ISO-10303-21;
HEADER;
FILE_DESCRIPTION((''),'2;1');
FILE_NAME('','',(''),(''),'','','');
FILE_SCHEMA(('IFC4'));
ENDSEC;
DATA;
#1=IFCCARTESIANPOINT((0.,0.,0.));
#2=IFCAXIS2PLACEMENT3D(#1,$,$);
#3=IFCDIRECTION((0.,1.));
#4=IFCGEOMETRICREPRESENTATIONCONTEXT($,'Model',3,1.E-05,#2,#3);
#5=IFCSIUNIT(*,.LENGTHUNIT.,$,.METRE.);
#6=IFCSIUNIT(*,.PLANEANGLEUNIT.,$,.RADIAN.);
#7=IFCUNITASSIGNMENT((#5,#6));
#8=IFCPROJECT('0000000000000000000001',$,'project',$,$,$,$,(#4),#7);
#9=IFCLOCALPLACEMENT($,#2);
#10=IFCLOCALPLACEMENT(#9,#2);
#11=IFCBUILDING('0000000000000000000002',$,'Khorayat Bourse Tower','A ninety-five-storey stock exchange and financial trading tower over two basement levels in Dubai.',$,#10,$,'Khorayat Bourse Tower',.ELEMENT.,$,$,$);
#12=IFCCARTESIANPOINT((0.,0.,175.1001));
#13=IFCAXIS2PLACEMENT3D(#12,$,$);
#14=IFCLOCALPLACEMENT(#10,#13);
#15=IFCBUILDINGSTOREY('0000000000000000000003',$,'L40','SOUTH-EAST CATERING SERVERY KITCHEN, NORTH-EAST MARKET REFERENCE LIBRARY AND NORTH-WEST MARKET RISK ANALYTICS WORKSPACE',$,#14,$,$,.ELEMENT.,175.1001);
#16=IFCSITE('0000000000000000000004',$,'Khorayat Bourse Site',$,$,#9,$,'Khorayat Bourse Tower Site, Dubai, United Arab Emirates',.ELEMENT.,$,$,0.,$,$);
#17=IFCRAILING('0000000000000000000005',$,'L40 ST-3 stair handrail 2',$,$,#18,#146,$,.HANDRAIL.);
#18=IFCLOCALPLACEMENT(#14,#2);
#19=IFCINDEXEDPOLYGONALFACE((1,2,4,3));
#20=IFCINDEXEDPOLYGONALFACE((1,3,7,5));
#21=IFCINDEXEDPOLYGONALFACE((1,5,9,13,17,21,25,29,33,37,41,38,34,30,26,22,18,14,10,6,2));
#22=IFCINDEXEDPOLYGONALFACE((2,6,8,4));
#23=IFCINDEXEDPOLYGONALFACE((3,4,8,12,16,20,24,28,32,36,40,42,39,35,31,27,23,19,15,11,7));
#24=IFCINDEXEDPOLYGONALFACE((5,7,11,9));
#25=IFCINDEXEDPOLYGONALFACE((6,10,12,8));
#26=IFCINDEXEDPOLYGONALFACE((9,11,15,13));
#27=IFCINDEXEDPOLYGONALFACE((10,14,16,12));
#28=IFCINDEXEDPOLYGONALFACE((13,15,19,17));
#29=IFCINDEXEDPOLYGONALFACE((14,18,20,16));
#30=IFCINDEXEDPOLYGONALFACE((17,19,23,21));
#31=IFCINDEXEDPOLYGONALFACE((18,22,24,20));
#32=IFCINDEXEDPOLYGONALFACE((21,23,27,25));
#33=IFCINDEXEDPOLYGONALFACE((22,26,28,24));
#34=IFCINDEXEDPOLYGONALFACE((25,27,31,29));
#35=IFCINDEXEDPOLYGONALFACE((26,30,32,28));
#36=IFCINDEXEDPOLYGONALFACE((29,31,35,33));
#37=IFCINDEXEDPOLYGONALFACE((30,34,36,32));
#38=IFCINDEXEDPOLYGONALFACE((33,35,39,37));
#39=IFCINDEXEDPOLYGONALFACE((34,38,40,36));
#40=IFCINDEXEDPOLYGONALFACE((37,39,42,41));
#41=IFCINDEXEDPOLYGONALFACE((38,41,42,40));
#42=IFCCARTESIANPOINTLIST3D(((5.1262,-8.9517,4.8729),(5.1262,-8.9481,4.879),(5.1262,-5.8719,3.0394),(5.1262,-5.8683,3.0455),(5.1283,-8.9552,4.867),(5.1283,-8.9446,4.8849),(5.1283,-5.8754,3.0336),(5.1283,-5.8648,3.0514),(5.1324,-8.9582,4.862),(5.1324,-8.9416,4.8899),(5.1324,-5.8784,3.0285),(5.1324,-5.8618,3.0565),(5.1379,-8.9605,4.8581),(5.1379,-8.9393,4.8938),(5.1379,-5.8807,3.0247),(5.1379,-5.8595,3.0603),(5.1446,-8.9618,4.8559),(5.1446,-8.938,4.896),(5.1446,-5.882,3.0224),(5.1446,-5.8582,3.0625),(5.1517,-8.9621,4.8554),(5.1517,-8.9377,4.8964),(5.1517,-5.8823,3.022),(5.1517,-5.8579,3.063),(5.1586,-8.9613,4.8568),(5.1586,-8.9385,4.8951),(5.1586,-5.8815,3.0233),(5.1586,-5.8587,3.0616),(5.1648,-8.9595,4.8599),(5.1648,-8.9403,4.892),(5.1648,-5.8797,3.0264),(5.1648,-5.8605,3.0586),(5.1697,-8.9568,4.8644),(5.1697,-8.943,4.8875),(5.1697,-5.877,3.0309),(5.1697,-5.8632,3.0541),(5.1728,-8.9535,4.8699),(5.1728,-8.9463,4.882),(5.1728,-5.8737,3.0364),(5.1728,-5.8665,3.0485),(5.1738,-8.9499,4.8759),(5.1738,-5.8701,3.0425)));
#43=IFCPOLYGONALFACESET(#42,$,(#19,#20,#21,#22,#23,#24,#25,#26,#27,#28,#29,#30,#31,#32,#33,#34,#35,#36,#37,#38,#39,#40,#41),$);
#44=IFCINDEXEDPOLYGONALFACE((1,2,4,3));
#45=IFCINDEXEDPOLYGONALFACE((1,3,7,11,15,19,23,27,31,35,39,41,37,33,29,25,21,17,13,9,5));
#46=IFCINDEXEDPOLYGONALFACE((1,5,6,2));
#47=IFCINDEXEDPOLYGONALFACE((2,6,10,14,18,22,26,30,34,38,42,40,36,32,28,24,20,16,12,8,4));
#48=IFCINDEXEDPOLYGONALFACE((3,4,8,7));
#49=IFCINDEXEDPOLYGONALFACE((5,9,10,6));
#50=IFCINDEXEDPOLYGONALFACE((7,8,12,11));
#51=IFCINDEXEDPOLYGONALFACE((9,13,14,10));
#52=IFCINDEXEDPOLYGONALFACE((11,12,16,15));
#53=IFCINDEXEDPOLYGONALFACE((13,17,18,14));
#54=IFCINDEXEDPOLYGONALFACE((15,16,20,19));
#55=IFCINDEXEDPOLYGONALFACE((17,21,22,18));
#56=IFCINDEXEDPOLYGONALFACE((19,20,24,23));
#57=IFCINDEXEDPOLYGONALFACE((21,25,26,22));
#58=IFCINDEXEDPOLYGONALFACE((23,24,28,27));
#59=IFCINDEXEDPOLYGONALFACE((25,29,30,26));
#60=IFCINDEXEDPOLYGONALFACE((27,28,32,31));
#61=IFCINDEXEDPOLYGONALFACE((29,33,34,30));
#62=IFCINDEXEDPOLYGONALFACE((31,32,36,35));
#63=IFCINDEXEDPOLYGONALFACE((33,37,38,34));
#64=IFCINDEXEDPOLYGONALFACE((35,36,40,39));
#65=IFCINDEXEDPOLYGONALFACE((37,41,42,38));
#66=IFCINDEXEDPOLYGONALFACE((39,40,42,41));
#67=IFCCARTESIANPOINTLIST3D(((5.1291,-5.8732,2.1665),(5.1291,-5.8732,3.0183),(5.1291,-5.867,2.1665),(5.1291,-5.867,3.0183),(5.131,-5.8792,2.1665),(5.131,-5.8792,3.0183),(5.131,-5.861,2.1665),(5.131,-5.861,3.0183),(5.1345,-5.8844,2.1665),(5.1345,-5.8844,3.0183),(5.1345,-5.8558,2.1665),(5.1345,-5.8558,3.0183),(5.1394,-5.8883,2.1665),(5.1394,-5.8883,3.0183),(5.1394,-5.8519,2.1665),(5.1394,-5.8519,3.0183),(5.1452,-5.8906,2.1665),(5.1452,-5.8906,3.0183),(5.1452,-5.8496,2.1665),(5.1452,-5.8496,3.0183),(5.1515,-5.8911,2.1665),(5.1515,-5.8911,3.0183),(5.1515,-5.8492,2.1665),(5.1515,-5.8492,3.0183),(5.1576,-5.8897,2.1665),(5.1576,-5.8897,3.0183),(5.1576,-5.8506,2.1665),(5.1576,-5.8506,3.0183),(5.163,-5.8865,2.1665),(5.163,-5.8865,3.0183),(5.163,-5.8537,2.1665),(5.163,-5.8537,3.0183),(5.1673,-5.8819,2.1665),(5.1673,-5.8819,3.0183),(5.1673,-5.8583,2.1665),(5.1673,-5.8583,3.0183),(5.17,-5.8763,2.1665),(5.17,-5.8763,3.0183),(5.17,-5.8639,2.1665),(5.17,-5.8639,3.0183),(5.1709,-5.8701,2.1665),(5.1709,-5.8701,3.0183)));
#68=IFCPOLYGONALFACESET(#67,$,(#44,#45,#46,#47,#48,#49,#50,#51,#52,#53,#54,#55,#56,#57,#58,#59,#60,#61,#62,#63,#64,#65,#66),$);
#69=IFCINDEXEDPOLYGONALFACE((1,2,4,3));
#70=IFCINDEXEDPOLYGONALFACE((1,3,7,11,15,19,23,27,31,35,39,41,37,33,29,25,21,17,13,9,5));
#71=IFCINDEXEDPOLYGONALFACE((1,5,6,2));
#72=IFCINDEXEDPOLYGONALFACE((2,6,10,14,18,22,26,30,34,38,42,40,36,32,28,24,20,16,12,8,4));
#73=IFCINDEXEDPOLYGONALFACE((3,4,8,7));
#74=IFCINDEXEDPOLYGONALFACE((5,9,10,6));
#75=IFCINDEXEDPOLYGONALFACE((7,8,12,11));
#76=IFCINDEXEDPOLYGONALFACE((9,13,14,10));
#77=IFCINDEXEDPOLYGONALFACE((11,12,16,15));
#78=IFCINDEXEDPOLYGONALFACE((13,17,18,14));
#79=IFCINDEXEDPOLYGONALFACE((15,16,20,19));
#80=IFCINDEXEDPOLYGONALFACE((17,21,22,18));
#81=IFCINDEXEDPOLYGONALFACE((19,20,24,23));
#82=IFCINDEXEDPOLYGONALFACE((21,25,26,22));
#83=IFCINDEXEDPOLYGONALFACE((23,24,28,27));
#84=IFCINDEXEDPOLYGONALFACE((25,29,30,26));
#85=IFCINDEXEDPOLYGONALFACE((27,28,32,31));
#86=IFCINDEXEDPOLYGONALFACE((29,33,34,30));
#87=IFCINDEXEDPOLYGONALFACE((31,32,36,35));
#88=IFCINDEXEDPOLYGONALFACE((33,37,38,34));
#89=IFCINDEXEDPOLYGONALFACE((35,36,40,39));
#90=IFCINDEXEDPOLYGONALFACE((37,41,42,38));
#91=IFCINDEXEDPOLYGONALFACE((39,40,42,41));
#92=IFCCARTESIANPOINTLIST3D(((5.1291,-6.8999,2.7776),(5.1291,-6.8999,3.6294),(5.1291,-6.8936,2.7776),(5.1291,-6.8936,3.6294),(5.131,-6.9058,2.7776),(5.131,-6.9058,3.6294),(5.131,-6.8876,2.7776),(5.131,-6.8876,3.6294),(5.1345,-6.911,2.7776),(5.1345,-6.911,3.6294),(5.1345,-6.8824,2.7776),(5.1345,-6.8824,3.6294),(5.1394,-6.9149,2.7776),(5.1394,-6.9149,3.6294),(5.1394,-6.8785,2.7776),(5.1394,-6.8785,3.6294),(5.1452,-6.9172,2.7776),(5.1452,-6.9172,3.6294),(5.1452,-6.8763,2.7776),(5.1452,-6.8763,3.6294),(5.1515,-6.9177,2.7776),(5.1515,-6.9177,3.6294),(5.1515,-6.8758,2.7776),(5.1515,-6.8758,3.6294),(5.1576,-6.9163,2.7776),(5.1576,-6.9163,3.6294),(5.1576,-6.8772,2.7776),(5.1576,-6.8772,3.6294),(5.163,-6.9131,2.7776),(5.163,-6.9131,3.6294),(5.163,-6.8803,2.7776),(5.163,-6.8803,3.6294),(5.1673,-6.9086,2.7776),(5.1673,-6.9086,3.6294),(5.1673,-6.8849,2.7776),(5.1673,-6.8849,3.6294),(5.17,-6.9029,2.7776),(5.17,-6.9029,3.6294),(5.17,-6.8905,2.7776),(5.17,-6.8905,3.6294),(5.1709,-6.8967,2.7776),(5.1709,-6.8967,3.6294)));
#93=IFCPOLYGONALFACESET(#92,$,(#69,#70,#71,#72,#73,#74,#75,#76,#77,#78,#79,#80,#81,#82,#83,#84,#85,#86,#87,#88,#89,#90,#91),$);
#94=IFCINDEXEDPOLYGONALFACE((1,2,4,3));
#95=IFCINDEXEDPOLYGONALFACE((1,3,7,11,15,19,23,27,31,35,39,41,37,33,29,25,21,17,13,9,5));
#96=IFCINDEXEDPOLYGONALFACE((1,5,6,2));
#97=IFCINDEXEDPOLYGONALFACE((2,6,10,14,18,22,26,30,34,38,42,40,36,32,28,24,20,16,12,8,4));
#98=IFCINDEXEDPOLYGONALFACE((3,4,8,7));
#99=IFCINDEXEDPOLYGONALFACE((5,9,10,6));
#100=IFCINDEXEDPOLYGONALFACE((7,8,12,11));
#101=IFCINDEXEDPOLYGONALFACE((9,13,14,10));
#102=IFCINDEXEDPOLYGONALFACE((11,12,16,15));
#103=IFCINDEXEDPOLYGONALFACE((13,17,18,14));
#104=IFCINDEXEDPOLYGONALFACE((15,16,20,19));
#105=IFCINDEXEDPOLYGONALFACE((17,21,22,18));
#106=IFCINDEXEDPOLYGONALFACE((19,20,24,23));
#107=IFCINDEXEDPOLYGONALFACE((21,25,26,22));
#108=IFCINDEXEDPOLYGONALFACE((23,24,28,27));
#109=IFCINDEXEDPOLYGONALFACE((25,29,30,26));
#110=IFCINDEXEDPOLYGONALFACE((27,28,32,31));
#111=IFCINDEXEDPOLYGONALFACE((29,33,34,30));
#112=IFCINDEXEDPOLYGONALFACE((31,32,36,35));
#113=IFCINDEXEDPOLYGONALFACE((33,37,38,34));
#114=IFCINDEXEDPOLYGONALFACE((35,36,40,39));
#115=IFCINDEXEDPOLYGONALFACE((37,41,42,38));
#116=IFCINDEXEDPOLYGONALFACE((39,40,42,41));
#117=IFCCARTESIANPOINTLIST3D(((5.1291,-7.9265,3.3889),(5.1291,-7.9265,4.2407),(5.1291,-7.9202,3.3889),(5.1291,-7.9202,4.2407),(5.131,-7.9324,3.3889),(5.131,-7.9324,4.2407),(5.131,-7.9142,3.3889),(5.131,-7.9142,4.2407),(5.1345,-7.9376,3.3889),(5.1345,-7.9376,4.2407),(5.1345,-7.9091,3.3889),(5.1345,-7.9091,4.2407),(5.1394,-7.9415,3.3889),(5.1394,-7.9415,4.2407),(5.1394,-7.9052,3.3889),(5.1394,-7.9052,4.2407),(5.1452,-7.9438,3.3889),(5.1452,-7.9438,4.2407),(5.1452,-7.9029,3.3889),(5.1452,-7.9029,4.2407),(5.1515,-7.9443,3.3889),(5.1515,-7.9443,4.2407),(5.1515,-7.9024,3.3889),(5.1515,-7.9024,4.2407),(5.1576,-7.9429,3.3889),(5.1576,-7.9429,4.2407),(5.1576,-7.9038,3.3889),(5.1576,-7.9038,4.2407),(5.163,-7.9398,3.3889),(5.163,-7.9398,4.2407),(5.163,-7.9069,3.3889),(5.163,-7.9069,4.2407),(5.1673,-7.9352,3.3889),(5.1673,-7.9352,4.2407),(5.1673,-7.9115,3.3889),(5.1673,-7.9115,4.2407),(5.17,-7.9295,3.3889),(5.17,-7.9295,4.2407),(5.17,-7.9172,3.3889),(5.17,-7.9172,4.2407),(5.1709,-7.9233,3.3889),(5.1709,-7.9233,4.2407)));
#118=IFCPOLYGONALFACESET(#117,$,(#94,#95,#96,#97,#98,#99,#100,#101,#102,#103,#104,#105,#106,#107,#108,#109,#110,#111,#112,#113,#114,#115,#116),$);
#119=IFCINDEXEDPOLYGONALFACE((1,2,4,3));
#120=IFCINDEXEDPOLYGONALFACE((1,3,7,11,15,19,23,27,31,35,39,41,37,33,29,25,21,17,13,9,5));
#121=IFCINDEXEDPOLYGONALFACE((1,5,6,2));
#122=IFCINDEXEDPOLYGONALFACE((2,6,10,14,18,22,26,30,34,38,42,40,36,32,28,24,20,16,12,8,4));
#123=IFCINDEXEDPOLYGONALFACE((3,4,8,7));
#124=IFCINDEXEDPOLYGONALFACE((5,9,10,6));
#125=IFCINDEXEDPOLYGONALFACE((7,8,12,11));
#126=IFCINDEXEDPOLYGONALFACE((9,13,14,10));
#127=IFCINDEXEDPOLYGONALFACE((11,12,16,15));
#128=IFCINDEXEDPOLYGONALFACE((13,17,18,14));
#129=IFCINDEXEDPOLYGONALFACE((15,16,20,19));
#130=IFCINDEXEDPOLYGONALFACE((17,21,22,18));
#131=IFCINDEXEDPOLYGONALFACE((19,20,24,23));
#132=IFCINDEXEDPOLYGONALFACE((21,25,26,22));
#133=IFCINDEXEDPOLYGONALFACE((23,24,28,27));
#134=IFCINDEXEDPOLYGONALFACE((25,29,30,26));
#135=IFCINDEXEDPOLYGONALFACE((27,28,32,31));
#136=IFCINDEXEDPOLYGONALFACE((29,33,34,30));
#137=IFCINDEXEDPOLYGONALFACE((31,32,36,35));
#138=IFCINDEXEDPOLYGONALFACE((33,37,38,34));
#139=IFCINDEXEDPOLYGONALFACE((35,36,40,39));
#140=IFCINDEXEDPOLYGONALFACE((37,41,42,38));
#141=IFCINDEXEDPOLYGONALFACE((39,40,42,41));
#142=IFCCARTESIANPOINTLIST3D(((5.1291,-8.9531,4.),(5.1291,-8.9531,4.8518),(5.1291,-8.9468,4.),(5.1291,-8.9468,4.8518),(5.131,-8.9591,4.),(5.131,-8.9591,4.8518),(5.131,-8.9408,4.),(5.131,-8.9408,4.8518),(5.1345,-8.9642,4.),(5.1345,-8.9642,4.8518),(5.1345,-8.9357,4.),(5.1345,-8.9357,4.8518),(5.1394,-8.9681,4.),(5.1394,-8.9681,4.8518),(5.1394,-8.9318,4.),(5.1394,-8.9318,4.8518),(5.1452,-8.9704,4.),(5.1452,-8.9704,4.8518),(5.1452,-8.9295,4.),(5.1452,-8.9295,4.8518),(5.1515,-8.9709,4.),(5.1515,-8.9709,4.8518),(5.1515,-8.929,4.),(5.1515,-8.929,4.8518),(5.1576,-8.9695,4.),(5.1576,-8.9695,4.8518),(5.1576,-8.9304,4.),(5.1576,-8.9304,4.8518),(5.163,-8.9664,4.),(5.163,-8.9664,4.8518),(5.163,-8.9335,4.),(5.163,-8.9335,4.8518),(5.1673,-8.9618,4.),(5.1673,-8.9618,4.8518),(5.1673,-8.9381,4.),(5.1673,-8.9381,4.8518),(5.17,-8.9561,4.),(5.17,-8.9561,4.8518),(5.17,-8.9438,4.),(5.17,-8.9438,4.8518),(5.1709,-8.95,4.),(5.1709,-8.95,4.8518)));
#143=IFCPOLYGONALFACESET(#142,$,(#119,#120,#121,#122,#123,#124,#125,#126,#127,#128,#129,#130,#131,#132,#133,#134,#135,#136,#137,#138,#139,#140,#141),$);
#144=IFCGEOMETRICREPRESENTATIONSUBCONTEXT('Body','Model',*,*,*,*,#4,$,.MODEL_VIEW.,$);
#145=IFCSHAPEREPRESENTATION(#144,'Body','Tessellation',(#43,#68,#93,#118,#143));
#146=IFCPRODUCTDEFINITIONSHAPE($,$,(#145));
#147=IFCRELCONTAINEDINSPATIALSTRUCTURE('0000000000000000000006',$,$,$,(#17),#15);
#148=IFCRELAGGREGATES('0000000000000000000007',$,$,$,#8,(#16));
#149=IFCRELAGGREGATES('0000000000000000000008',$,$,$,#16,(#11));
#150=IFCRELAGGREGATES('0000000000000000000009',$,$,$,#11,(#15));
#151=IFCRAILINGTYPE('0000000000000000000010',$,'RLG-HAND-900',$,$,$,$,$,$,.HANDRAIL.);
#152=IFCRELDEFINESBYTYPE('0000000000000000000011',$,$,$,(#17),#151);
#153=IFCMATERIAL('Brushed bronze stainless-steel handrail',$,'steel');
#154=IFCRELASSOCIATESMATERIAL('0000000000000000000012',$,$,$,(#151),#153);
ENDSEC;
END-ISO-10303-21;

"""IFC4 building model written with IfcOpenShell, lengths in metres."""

from ifc_helpers import new_model, si_unit, direction, frame, origin, origin_2d, place, context, subcontext, project, spatial, circle, extrude, source, transform, mapped, material, type_object, element, save


model = new_model("IFC4")

# Units and contexts
model_context = context("Model", 3, precision=1e-05, world=origin(), true_north=direction((0.0, 1.0)))
body_context = subcontext(model_context, "Body", "Model", "MODEL_VIEW")
ifc_project = project(units=[si_unit("LENGTHUNIT", "METRE"), si_unit("PLANEANGLEUNIT", "RADIAN")], contexts=[model_context])

# Site, building, storey
site_placement = place(None, origin())
site = spatial("IfcSite", under=ifc_project, at=site_placement, Name="Khorayat Bourse Site", LongName="Khorayat Bourse Tower Site, Dubai, United Arab Emirates", CompositionType="ELEMENT", RefElevation=0.0)
building_placement = place(site_placement, origin())
building = spatial("IfcBuilding", under=site, at=building_placement, Name="Khorayat Bourse Tower", Description="A ninety-five-storey stock exchange and financial trading tower over two basement levels in Dubai.", LongName="Khorayat Bourse Tower", CompositionType="ELEMENT")
storey_placement = place(building_placement, frame((0.0, 0.0, 175.1001)))
storey = spatial("IfcBuildingStorey", under=building, at=storey_placement, Name="L40", Description="SOUTH-EAST CATERING SERVERY KITCHEN, NORTH-EAST MARKET REFERENCE LIBRARY AND NORTH-WEST MARKET RISK ANALYTICS WORKSPACE", CompositionType="ELEMENT", Elevation=175.1001)

# Railing
ifc_material_1 = material(Name="Brushed bronze stainless-steel handrail", Category="steel")
railing_type = type_object("IfcRailingType", Name="RLG-HAND-900", PredefinedType="HANDRAIL", material=ifc_material_1)
shared_shape_1 = source(origin(), body_context, "Body", "SweptSolid", [
    extrude(circle(Radius=0.0239, at=origin_2d()), frame((0.0, 0.0, 0.876), z_axis=(0.0, -0.859261, 0.511538), x_axis=(1.0, 0.0, 0.0)), (0.0, 0.0, 1.0), 3.5842),
    extrude(circle(Radius=0.021, at=origin_2d()), origin(), (0.0, 0.0, 1.0), 0.8518),
    extrude(circle(Radius=0.021, at=origin_2d()), frame((0.0, -1.0266, 0.6111)), (0.0, 0.0, 1.0), 0.8518),
    extrude(circle(Radius=0.021, at=origin_2d()), frame((0.0, -2.0532, 1.2224)), (0.0, 0.0, 1.0), 0.8518),
    extrude(circle(Radius=0.021, at=origin_2d()), frame((0.0, -3.0798, 1.8335)), (0.0, 0.0, 1.0), 0.8518),
])
railing_placement = place(storey_placement, frame((5.1499, -5.8701, 2.1665)))
element("IfcRailing", 1, at=railing_placement, inside=storey, type_object=railing_type, Name="L40 ST-3 stair handrail 2", PredefinedType="HANDRAIL", context=body_context, shape_type="MappedRepresentation", body=[
    mapped(shared_shape_1, transform((0.0, 0.0, 0.0), scale=1.0)),
])

save(model, "model.ifc")
